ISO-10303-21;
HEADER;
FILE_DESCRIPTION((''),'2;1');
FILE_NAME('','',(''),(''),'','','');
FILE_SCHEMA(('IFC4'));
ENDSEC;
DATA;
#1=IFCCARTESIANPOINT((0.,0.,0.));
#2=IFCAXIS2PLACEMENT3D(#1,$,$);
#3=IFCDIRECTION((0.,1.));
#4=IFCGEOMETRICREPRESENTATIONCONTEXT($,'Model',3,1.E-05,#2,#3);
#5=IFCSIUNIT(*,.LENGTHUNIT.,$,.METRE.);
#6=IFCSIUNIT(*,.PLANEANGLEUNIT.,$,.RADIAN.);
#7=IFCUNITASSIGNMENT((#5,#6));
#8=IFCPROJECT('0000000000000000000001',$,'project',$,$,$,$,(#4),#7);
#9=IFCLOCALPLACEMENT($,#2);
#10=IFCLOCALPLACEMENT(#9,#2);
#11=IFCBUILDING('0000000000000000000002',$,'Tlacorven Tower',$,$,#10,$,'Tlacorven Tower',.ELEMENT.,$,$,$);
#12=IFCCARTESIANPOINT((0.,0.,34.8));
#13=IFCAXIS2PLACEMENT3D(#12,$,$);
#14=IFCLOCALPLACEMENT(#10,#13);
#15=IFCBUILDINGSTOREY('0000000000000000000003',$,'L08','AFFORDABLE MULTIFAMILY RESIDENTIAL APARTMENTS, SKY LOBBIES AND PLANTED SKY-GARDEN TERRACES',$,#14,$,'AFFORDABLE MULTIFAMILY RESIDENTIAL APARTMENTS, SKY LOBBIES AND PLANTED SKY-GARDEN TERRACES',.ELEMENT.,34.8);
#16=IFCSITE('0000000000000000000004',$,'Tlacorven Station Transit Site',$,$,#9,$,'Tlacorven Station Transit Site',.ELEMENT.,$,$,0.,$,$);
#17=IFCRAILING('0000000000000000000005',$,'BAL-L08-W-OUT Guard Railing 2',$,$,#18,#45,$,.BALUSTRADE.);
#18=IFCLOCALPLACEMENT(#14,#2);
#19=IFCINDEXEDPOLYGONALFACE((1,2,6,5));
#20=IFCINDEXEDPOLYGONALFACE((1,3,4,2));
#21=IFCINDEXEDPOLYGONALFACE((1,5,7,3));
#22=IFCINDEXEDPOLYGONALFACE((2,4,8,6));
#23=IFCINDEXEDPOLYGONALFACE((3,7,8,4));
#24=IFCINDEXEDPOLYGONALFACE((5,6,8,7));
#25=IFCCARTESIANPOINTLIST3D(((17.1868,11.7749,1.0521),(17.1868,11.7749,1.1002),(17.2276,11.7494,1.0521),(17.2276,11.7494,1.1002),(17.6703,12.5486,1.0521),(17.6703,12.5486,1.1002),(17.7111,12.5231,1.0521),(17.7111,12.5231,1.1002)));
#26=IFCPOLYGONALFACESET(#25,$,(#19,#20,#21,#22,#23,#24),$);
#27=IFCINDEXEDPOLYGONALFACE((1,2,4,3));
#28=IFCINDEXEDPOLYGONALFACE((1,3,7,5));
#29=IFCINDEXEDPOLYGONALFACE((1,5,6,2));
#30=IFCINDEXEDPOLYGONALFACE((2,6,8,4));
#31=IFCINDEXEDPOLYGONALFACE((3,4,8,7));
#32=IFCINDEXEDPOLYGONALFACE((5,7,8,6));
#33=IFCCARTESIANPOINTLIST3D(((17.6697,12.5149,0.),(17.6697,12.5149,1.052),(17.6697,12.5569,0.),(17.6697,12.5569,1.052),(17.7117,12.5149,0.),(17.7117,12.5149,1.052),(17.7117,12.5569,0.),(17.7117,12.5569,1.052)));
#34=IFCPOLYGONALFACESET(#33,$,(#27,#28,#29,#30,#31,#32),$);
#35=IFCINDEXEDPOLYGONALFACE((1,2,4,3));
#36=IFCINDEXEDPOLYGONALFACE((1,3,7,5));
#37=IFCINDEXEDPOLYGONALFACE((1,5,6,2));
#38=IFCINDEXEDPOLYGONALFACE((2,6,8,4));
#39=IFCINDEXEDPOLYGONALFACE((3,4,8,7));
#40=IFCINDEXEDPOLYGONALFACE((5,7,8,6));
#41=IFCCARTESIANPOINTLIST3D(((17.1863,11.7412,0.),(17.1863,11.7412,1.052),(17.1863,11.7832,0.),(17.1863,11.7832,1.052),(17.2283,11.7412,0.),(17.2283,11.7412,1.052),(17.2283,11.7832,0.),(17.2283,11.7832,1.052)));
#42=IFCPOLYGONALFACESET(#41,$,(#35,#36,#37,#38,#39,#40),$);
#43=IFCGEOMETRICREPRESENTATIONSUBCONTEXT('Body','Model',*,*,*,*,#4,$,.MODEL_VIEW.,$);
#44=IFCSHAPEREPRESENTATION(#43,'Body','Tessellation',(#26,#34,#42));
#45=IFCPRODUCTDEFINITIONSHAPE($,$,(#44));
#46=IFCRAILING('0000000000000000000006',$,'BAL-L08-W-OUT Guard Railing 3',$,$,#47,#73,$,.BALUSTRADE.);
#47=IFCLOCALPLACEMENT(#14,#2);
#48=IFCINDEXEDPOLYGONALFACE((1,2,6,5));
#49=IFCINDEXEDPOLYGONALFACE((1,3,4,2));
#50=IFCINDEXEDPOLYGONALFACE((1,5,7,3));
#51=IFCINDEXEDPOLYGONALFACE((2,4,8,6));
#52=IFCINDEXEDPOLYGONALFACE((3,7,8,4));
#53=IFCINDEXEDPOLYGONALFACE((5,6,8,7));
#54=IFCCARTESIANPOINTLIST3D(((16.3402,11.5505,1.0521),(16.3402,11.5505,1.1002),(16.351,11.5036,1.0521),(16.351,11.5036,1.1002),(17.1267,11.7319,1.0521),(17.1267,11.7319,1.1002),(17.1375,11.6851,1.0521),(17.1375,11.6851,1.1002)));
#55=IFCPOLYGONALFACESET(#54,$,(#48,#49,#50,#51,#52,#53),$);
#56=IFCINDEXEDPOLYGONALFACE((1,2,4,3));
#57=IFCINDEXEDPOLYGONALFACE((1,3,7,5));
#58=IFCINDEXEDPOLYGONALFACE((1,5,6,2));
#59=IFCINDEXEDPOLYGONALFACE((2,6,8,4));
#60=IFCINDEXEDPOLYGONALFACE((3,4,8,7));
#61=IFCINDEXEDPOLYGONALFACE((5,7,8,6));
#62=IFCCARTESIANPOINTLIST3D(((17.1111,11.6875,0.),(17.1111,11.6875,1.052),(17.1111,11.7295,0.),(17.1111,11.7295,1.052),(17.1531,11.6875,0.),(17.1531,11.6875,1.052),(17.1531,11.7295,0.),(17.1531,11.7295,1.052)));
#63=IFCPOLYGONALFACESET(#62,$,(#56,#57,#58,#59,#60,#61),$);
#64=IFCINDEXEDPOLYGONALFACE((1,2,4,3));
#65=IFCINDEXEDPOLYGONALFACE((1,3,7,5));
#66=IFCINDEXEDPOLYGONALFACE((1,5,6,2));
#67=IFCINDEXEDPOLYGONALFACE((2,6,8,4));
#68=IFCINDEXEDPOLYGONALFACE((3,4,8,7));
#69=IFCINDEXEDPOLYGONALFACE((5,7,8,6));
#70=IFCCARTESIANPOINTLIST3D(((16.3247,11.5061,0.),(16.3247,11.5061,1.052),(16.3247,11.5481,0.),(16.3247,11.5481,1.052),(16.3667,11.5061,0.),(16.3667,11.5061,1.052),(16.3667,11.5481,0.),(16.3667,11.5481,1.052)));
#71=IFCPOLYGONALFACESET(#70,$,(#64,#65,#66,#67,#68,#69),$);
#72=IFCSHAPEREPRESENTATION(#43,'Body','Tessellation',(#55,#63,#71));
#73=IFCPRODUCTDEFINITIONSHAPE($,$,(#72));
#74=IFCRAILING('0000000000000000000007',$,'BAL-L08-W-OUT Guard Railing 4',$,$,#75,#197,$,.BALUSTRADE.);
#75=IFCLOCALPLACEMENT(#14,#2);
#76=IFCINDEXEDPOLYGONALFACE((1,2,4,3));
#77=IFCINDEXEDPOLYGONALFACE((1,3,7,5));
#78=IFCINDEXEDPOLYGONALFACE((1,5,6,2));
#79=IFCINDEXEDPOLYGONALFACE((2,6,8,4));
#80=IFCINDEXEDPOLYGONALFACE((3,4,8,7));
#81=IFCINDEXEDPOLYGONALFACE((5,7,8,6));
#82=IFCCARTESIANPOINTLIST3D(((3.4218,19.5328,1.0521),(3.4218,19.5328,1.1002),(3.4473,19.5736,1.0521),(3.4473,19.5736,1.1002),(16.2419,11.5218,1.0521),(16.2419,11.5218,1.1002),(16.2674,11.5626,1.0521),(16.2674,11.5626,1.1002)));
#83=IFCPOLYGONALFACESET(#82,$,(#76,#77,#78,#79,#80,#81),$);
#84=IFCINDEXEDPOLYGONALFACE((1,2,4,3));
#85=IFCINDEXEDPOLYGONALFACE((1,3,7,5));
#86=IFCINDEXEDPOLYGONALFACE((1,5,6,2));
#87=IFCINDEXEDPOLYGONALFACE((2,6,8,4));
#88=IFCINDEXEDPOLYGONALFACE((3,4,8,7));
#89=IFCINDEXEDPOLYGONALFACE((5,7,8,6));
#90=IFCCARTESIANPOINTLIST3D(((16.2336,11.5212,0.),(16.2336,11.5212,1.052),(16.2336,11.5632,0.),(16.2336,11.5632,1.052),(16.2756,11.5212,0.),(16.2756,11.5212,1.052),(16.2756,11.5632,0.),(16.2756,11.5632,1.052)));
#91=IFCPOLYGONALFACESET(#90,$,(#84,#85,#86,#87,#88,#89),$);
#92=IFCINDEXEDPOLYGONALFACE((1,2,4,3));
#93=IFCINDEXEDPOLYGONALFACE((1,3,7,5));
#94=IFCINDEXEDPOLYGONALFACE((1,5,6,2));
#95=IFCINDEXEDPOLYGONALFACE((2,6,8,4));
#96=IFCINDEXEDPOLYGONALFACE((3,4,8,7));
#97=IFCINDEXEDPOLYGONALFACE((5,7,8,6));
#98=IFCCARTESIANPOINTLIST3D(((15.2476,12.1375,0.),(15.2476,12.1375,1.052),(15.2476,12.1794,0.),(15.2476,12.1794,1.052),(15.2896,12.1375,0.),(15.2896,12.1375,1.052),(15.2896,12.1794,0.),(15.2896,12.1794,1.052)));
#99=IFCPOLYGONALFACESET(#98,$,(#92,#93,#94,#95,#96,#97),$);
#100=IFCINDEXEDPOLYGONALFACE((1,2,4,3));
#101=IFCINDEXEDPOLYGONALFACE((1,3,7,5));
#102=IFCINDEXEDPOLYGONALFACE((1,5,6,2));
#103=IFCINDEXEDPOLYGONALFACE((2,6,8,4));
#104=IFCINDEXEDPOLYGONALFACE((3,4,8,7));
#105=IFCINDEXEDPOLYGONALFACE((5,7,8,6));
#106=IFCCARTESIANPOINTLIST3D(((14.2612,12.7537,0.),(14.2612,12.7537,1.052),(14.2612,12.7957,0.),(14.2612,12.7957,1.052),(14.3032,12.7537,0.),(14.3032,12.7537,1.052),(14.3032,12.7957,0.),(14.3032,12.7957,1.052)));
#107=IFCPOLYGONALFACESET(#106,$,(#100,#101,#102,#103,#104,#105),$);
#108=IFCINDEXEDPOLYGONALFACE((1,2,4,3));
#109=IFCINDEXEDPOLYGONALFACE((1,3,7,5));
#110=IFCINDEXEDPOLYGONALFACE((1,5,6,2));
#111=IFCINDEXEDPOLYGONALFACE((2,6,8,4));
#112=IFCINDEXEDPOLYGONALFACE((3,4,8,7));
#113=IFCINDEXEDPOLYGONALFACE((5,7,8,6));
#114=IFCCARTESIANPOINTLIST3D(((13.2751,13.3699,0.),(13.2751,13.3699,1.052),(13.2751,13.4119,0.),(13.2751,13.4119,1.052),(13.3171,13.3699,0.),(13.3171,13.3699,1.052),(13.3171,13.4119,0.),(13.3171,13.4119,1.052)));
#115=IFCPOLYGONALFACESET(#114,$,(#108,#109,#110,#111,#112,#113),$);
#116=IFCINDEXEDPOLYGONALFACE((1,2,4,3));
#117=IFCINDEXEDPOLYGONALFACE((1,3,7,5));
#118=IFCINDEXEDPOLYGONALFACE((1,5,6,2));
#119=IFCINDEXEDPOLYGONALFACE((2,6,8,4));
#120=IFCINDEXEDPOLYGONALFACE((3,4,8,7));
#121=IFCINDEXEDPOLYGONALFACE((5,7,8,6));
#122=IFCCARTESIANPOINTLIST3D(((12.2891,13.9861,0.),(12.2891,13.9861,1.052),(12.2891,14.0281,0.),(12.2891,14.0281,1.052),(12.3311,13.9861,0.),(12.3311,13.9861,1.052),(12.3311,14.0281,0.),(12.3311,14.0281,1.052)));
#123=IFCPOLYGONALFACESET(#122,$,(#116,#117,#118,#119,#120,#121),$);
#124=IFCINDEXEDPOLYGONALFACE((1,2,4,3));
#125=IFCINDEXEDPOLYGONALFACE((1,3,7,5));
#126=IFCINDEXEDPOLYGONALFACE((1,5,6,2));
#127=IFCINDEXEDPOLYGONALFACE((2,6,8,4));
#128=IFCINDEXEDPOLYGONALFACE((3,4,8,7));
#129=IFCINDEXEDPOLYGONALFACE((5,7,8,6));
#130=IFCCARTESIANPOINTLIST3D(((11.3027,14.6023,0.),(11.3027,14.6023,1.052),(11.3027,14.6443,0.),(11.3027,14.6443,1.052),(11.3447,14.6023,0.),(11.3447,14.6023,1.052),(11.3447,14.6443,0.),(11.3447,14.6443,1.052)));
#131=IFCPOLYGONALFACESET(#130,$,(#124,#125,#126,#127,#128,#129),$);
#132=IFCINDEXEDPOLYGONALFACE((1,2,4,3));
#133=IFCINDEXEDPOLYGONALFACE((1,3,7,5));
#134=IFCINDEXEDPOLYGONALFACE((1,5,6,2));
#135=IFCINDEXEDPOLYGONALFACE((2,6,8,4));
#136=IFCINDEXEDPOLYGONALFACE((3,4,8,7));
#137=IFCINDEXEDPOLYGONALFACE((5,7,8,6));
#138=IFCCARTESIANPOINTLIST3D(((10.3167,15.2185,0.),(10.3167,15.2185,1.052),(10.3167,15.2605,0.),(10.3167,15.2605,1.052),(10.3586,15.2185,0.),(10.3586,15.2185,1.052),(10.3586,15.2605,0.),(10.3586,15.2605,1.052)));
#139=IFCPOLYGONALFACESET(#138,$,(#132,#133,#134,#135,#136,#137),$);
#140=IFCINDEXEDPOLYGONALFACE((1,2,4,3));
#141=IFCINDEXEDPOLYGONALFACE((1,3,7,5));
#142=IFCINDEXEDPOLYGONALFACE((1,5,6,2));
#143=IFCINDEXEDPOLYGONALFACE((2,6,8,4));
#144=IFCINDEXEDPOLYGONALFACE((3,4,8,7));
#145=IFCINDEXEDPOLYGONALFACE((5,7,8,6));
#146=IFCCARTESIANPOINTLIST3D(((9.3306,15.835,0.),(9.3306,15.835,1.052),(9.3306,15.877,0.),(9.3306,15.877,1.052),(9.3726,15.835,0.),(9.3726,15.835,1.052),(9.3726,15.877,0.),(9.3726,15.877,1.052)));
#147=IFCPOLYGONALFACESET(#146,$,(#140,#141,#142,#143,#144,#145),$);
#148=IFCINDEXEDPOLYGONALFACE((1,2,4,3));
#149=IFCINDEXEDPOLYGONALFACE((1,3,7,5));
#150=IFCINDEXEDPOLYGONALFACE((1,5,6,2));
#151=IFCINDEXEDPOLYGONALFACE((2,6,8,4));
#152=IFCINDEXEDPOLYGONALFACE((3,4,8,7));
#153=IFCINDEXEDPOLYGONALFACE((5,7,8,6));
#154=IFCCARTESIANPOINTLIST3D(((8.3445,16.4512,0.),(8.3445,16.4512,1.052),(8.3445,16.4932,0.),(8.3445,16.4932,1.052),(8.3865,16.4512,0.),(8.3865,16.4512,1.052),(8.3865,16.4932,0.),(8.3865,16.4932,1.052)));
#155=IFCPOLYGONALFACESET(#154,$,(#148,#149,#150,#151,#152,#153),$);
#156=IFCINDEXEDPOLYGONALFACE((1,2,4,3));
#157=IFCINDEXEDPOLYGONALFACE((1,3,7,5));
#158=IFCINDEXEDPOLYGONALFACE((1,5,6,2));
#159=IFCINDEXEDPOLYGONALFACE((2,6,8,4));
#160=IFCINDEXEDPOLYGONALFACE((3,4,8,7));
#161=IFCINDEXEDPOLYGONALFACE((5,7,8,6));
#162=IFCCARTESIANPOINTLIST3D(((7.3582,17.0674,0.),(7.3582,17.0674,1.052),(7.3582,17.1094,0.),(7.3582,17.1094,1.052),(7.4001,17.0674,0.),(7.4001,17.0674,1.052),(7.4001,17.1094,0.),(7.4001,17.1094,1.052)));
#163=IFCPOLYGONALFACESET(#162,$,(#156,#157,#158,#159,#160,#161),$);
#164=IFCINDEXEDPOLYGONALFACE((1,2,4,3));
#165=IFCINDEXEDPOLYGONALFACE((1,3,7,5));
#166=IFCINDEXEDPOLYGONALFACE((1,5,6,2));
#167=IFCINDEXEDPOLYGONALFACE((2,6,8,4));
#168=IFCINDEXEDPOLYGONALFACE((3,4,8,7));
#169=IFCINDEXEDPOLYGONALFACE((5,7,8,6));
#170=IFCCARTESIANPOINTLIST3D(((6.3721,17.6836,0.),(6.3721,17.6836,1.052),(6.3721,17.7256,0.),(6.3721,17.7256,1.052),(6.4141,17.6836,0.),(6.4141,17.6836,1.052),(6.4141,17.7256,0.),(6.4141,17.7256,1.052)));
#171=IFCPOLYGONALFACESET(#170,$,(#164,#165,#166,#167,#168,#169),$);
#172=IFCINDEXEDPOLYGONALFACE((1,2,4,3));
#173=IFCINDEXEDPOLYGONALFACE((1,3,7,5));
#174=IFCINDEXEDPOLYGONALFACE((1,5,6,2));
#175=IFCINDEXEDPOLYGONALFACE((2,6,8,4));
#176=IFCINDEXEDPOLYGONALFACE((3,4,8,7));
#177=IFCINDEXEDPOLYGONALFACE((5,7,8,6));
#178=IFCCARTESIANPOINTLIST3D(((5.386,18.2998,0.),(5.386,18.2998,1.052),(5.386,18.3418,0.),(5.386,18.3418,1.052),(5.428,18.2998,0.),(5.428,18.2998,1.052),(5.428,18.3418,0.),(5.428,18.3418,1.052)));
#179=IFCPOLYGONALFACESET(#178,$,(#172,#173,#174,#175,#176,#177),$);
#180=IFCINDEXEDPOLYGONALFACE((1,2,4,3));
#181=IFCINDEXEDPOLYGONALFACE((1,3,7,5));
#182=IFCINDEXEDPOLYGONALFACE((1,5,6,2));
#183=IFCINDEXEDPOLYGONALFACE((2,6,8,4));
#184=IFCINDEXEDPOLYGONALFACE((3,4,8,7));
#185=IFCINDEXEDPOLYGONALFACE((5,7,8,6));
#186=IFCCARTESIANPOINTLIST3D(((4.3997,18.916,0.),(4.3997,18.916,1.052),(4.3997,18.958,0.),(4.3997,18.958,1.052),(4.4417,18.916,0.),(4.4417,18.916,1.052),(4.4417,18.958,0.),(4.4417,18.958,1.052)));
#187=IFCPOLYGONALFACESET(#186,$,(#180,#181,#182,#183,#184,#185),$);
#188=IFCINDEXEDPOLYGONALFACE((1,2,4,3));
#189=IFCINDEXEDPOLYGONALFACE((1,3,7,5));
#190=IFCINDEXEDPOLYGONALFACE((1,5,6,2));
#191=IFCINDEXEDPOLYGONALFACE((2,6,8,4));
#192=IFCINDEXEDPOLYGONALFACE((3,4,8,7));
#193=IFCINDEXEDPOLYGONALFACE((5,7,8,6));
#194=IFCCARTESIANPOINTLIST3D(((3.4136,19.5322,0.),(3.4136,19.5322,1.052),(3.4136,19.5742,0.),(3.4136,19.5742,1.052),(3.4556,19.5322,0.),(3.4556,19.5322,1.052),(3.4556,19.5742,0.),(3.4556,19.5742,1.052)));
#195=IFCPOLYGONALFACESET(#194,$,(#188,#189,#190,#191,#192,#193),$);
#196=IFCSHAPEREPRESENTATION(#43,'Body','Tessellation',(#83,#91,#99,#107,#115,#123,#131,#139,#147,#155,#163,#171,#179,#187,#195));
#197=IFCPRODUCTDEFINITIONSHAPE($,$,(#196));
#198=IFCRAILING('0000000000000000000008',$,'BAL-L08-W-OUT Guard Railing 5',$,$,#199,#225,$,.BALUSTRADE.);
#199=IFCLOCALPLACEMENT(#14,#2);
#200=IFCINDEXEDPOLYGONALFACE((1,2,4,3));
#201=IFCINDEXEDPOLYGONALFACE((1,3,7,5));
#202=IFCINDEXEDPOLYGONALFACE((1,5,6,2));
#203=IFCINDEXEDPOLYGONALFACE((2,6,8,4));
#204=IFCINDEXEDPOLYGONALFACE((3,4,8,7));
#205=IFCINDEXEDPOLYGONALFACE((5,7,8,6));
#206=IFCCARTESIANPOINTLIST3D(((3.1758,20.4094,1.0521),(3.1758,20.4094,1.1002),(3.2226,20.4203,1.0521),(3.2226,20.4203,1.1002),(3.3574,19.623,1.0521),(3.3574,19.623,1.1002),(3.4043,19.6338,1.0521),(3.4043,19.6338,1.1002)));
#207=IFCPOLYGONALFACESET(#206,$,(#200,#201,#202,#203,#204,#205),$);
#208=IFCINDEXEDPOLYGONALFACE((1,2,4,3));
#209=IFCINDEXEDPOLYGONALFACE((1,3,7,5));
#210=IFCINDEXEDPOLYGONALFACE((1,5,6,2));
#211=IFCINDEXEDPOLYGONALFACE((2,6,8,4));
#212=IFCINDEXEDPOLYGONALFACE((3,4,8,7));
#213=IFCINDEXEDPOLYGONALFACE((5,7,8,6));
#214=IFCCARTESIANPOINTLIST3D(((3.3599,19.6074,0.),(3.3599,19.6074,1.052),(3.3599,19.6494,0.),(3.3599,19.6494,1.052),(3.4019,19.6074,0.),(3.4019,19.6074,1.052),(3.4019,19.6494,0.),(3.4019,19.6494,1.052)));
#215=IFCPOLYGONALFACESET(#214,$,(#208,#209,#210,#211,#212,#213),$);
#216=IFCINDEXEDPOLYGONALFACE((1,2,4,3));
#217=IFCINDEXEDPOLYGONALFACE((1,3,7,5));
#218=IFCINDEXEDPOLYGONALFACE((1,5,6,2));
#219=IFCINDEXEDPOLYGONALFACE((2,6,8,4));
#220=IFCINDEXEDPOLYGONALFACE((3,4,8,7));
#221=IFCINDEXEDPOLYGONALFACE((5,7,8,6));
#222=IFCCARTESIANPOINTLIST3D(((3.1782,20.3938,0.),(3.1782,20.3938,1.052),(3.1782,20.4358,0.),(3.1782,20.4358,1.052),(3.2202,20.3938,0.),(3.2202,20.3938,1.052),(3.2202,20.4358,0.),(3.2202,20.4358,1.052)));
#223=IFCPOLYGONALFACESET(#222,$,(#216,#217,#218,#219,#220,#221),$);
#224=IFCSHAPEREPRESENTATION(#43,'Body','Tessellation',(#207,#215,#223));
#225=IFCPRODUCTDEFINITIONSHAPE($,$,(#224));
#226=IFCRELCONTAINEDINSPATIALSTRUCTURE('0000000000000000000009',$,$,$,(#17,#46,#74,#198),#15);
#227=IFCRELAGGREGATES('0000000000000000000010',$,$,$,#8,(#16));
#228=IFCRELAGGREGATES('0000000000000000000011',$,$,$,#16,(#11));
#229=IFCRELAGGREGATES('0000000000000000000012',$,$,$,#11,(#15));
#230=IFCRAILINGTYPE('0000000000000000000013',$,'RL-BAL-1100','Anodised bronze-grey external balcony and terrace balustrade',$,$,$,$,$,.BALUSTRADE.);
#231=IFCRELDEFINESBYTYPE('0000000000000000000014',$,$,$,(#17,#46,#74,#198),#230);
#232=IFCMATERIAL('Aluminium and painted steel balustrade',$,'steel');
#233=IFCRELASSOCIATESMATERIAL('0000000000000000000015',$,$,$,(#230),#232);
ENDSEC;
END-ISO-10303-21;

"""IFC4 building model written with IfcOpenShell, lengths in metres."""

from ifc_helpers import new_model, si_unit, direction, frame, origin, origin_2d, place, context, subcontext, project, spatial, rectangle, extrude, source, transform, mapped, material, type_object, element, save


model = new_model("IFC4")

# Units and contexts
model_context = context("Model", 3, precision=1e-05, world=origin(), true_north=direction((0.0, 1.0)))
body_context = subcontext(model_context, "Body", "Model", "MODEL_VIEW")
ifc_project = project(units=[si_unit("LENGTHUNIT", "METRE"), si_unit("PLANEANGLEUNIT", "RADIAN")], contexts=[model_context])

# Site, building, storey
site_placement = place(None, origin())
site = spatial("IfcSite", under=ifc_project, at=site_placement, Name="Tlacorven Station Transit Site", LongName="Tlacorven Station Transit Site", CompositionType="ELEMENT", RefElevation=0.0)
building_placement = place(site_placement, origin())
building = spatial("IfcBuilding", under=site, at=building_placement, Name="Tlacorven Tower", LongName="Tlacorven Tower", CompositionType="ELEMENT")
storey_placement = place(building_placement, frame((0.0, 0.0, 34.8)))
storey = spatial("IfcBuildingStorey", under=building, at=storey_placement, Name="L08", Description="AFFORDABLE MULTIFAMILY RESIDENTIAL APARTMENTS, SKY LOBBIES AND PLANTED SKY-GARDEN TERRACES", LongName="AFFORDABLE MULTIFAMILY RESIDENTIAL APARTMENTS, SKY LOBBIES AND PLANTED SKY-GARDEN TERRACES", CompositionType="ELEMENT", Elevation=34.8)

# Railings
ifc_material_1 = material(Name="Aluminium and painted steel balustrade", Category="steel")
railing_type = type_object("IfcRailingType", Name="RL-BAL-1100", Description="Anodised bronze-grey external balcony and terrace balustrade", PredefinedType="BALUSTRADE", material=ifc_material_1)
shared_shape_1 = source(origin(), body_context, "Body", "SweptSolid", [
    extrude(rectangle(XDim=0.0481, YDim=0.0481, at=origin_2d()), frame((0.0, 0.0, 1.0762), z_axis=(-0.529879, -0.848073, 0.0), x_axis=(0.848073, -0.529879, 0.0)), (0.0, 0.0, 1.0), 0.9124),
    extrude(rectangle(XDim=0.042, YDim=0.042, at=origin_2d()), origin(), (0.0, 0.0, 1.0), 1.052),
    extrude(rectangle(XDim=0.042, YDim=0.042, at=origin_2d()), frame((-0.4834, -0.7737, 0.0)), (0.0, 0.0, 1.0), 1.052),
])
railing_1_placement = place(storey_placement, frame((17.6907, 12.5359, 0.0)))
element("IfcRailing", 1, at=railing_1_placement, inside=storey, type_object=railing_type, Name="BAL-L08-W-OUT Guard Railing 2", PredefinedType="BALUSTRADE", context=body_context, shape_type="MappedRepresentation", body=[
    mapped(shared_shape_1, transform((0.0, 0.0, 0.0), scale=1.0)),
])
shared_shape_2 = source(origin(), body_context, "Body", "SweptSolid", [
    extrude(rectangle(XDim=0.0481, YDim=0.0481, at=origin_2d()), frame((0.0, 0.0, 1.0762), z_axis=(-0.974412, -0.224771, 0.0), x_axis=(0.224771, -0.974412, 0.0)), (0.0, 0.0, 1.0), 0.8071),
    extrude(rectangle(XDim=0.042, YDim=0.042, at=origin_2d()), origin(), (0.0, 0.0, 1.0), 1.052),
    extrude(rectangle(XDim=0.042, YDim=0.042, at=origin_2d()), frame((-0.7864, -0.1814, 0.0)), (0.0, 0.0, 1.0), 1.052),
])
railing_2_placement = place(storey_placement, frame((17.1321, 11.7085, 0.0)))
element("IfcRailing", 2, at=railing_2_placement, inside=storey, type_object=railing_type, Name="BAL-L08-W-OUT Guard Railing 3", PredefinedType="BALUSTRADE", context=body_context, shape_type="MappedRepresentation", body=[
    mapped(shared_shape_2, transform((0.0, 0.0, 0.0), scale=1.0)),
])
shared_shape_3 = source(origin(), body_context, "Body", "SweptSolid", [
    extrude(rectangle(XDim=0.0481, YDim=0.0481, at=origin_2d()), frame((0.0, 0.0, 1.0762), z_axis=(-0.848045, 0.529925, 0.0), x_axis=(-0.529925, -0.848045, 0.0)), (0.0, 0.0, 1.0), 15.1172),
    extrude(rectangle(XDim=0.042, YDim=0.042, at=origin_2d()), origin(), (0.0, 0.0, 1.0), 1.052),
    extrude(rectangle(XDim=0.042, YDim=0.042, at=origin_2d()), frame((-0.9861, 0.6162, 0.0)), (0.0, 0.0, 1.0), 1.052),
    extrude(rectangle(XDim=0.042, YDim=0.042, at=origin_2d()), frame((-1.9724, 1.2324, 0.0)), (0.0, 0.0, 1.0), 1.052),
    extrude(rectangle(XDim=0.042, YDim=0.042, at=origin_2d()), frame((-2.9585, 1.8486, 0.0)), (0.0, 0.0, 1.0), 1.052),
    extrude(rectangle(XDim=0.042, YDim=0.042, at=origin_2d()), frame((-3.9446, 2.4648, 0.0)), (0.0, 0.0, 1.0), 1.052),
    extrude(rectangle(XDim=0.042, YDim=0.042, at=origin_2d()), frame((-4.9309, 3.0811, 0.0)), (0.0, 0.0, 1.0), 1.052),
    extrude(rectangle(XDim=0.042, YDim=0.042, at=origin_2d()), frame((-5.917, 3.6973, 0.0)), (0.0, 0.0, 1.0), 1.052),
    extrude(rectangle(XDim=0.042, YDim=0.042, at=origin_2d()), frame((-6.9031, 4.3137, 0.0)), (0.0, 0.0, 1.0), 1.052),
    extrude(rectangle(XDim=0.042, YDim=0.042, at=origin_2d()), frame((-7.8892, 4.9299, 0.0)), (0.0, 0.0, 1.0), 1.052),
    extrude(rectangle(XDim=0.042, YDim=0.042, at=origin_2d()), frame((-8.8755, 5.5461, 0.0)), (0.0, 0.0, 1.0), 1.052),
    extrude(rectangle(XDim=0.042, YDim=0.042, at=origin_2d()), frame((-9.8616, 6.1624, 0.0)), (0.0, 0.0, 1.0), 1.052),
    extrude(rectangle(XDim=0.042, YDim=0.042, at=origin_2d()), frame((-10.8477, 6.7786, 0.0)), (0.0, 0.0, 1.0), 1.052),
    extrude(rectangle(XDim=0.042, YDim=0.042, at=origin_2d()), frame((-11.834, 7.3948, 0.0)), (0.0, 0.0, 1.0), 1.052),
    extrude(rectangle(XDim=0.042, YDim=0.042, at=origin_2d()), frame((-12.8201, 8.011, 0.0)), (0.0, 0.0, 1.0), 1.052),
])
railing_3_placement = place(storey_placement, frame((16.2546, 11.5422, 0.0)))
element("IfcRailing", 3, at=railing_3_placement, inside=storey, type_object=railing_type, Name="BAL-L08-W-OUT Guard Railing 4", PredefinedType="BALUSTRADE", context=body_context, shape_type="MappedRepresentation", body=[
    mapped(shared_shape_3, transform((0.0, 0.0, 0.0), scale=1.0)),
])
shared_shape_4 = source(origin(), body_context, "Body", "SweptSolid", [
    extrude(rectangle(XDim=0.0481, YDim=0.0481, at=origin_2d()), frame((0.0, 0.0, 1.0762), z_axis=(-0.225058, 0.974345, 0.0), x_axis=(-0.974345, -0.225058, 0.0)), (0.0, 0.0, 1.0), 0.8071),
    extrude(rectangle(XDim=0.042, YDim=0.042, at=origin_2d()), origin(), (0.0, 0.0, 1.0), 1.052),
    extrude(rectangle(XDim=0.042, YDim=0.042, at=origin_2d()), frame((-0.1816, 0.7864, 0.0)), (0.0, 0.0, 1.0), 1.052),
])
railing_4_placement = place(storey_placement, frame((3.3809, 19.6284, 0.0)))
element("IfcRailing", 4, at=railing_4_placement, inside=storey, type_object=railing_type, Name="BAL-L08-W-OUT Guard Railing 5", PredefinedType="BALUSTRADE", context=body_context, shape_type="MappedRepresentation", body=[
    mapped(shared_shape_4, transform((0.0, 0.0, 0.0), scale=1.0)),
])

save(model, "model.ifc")
